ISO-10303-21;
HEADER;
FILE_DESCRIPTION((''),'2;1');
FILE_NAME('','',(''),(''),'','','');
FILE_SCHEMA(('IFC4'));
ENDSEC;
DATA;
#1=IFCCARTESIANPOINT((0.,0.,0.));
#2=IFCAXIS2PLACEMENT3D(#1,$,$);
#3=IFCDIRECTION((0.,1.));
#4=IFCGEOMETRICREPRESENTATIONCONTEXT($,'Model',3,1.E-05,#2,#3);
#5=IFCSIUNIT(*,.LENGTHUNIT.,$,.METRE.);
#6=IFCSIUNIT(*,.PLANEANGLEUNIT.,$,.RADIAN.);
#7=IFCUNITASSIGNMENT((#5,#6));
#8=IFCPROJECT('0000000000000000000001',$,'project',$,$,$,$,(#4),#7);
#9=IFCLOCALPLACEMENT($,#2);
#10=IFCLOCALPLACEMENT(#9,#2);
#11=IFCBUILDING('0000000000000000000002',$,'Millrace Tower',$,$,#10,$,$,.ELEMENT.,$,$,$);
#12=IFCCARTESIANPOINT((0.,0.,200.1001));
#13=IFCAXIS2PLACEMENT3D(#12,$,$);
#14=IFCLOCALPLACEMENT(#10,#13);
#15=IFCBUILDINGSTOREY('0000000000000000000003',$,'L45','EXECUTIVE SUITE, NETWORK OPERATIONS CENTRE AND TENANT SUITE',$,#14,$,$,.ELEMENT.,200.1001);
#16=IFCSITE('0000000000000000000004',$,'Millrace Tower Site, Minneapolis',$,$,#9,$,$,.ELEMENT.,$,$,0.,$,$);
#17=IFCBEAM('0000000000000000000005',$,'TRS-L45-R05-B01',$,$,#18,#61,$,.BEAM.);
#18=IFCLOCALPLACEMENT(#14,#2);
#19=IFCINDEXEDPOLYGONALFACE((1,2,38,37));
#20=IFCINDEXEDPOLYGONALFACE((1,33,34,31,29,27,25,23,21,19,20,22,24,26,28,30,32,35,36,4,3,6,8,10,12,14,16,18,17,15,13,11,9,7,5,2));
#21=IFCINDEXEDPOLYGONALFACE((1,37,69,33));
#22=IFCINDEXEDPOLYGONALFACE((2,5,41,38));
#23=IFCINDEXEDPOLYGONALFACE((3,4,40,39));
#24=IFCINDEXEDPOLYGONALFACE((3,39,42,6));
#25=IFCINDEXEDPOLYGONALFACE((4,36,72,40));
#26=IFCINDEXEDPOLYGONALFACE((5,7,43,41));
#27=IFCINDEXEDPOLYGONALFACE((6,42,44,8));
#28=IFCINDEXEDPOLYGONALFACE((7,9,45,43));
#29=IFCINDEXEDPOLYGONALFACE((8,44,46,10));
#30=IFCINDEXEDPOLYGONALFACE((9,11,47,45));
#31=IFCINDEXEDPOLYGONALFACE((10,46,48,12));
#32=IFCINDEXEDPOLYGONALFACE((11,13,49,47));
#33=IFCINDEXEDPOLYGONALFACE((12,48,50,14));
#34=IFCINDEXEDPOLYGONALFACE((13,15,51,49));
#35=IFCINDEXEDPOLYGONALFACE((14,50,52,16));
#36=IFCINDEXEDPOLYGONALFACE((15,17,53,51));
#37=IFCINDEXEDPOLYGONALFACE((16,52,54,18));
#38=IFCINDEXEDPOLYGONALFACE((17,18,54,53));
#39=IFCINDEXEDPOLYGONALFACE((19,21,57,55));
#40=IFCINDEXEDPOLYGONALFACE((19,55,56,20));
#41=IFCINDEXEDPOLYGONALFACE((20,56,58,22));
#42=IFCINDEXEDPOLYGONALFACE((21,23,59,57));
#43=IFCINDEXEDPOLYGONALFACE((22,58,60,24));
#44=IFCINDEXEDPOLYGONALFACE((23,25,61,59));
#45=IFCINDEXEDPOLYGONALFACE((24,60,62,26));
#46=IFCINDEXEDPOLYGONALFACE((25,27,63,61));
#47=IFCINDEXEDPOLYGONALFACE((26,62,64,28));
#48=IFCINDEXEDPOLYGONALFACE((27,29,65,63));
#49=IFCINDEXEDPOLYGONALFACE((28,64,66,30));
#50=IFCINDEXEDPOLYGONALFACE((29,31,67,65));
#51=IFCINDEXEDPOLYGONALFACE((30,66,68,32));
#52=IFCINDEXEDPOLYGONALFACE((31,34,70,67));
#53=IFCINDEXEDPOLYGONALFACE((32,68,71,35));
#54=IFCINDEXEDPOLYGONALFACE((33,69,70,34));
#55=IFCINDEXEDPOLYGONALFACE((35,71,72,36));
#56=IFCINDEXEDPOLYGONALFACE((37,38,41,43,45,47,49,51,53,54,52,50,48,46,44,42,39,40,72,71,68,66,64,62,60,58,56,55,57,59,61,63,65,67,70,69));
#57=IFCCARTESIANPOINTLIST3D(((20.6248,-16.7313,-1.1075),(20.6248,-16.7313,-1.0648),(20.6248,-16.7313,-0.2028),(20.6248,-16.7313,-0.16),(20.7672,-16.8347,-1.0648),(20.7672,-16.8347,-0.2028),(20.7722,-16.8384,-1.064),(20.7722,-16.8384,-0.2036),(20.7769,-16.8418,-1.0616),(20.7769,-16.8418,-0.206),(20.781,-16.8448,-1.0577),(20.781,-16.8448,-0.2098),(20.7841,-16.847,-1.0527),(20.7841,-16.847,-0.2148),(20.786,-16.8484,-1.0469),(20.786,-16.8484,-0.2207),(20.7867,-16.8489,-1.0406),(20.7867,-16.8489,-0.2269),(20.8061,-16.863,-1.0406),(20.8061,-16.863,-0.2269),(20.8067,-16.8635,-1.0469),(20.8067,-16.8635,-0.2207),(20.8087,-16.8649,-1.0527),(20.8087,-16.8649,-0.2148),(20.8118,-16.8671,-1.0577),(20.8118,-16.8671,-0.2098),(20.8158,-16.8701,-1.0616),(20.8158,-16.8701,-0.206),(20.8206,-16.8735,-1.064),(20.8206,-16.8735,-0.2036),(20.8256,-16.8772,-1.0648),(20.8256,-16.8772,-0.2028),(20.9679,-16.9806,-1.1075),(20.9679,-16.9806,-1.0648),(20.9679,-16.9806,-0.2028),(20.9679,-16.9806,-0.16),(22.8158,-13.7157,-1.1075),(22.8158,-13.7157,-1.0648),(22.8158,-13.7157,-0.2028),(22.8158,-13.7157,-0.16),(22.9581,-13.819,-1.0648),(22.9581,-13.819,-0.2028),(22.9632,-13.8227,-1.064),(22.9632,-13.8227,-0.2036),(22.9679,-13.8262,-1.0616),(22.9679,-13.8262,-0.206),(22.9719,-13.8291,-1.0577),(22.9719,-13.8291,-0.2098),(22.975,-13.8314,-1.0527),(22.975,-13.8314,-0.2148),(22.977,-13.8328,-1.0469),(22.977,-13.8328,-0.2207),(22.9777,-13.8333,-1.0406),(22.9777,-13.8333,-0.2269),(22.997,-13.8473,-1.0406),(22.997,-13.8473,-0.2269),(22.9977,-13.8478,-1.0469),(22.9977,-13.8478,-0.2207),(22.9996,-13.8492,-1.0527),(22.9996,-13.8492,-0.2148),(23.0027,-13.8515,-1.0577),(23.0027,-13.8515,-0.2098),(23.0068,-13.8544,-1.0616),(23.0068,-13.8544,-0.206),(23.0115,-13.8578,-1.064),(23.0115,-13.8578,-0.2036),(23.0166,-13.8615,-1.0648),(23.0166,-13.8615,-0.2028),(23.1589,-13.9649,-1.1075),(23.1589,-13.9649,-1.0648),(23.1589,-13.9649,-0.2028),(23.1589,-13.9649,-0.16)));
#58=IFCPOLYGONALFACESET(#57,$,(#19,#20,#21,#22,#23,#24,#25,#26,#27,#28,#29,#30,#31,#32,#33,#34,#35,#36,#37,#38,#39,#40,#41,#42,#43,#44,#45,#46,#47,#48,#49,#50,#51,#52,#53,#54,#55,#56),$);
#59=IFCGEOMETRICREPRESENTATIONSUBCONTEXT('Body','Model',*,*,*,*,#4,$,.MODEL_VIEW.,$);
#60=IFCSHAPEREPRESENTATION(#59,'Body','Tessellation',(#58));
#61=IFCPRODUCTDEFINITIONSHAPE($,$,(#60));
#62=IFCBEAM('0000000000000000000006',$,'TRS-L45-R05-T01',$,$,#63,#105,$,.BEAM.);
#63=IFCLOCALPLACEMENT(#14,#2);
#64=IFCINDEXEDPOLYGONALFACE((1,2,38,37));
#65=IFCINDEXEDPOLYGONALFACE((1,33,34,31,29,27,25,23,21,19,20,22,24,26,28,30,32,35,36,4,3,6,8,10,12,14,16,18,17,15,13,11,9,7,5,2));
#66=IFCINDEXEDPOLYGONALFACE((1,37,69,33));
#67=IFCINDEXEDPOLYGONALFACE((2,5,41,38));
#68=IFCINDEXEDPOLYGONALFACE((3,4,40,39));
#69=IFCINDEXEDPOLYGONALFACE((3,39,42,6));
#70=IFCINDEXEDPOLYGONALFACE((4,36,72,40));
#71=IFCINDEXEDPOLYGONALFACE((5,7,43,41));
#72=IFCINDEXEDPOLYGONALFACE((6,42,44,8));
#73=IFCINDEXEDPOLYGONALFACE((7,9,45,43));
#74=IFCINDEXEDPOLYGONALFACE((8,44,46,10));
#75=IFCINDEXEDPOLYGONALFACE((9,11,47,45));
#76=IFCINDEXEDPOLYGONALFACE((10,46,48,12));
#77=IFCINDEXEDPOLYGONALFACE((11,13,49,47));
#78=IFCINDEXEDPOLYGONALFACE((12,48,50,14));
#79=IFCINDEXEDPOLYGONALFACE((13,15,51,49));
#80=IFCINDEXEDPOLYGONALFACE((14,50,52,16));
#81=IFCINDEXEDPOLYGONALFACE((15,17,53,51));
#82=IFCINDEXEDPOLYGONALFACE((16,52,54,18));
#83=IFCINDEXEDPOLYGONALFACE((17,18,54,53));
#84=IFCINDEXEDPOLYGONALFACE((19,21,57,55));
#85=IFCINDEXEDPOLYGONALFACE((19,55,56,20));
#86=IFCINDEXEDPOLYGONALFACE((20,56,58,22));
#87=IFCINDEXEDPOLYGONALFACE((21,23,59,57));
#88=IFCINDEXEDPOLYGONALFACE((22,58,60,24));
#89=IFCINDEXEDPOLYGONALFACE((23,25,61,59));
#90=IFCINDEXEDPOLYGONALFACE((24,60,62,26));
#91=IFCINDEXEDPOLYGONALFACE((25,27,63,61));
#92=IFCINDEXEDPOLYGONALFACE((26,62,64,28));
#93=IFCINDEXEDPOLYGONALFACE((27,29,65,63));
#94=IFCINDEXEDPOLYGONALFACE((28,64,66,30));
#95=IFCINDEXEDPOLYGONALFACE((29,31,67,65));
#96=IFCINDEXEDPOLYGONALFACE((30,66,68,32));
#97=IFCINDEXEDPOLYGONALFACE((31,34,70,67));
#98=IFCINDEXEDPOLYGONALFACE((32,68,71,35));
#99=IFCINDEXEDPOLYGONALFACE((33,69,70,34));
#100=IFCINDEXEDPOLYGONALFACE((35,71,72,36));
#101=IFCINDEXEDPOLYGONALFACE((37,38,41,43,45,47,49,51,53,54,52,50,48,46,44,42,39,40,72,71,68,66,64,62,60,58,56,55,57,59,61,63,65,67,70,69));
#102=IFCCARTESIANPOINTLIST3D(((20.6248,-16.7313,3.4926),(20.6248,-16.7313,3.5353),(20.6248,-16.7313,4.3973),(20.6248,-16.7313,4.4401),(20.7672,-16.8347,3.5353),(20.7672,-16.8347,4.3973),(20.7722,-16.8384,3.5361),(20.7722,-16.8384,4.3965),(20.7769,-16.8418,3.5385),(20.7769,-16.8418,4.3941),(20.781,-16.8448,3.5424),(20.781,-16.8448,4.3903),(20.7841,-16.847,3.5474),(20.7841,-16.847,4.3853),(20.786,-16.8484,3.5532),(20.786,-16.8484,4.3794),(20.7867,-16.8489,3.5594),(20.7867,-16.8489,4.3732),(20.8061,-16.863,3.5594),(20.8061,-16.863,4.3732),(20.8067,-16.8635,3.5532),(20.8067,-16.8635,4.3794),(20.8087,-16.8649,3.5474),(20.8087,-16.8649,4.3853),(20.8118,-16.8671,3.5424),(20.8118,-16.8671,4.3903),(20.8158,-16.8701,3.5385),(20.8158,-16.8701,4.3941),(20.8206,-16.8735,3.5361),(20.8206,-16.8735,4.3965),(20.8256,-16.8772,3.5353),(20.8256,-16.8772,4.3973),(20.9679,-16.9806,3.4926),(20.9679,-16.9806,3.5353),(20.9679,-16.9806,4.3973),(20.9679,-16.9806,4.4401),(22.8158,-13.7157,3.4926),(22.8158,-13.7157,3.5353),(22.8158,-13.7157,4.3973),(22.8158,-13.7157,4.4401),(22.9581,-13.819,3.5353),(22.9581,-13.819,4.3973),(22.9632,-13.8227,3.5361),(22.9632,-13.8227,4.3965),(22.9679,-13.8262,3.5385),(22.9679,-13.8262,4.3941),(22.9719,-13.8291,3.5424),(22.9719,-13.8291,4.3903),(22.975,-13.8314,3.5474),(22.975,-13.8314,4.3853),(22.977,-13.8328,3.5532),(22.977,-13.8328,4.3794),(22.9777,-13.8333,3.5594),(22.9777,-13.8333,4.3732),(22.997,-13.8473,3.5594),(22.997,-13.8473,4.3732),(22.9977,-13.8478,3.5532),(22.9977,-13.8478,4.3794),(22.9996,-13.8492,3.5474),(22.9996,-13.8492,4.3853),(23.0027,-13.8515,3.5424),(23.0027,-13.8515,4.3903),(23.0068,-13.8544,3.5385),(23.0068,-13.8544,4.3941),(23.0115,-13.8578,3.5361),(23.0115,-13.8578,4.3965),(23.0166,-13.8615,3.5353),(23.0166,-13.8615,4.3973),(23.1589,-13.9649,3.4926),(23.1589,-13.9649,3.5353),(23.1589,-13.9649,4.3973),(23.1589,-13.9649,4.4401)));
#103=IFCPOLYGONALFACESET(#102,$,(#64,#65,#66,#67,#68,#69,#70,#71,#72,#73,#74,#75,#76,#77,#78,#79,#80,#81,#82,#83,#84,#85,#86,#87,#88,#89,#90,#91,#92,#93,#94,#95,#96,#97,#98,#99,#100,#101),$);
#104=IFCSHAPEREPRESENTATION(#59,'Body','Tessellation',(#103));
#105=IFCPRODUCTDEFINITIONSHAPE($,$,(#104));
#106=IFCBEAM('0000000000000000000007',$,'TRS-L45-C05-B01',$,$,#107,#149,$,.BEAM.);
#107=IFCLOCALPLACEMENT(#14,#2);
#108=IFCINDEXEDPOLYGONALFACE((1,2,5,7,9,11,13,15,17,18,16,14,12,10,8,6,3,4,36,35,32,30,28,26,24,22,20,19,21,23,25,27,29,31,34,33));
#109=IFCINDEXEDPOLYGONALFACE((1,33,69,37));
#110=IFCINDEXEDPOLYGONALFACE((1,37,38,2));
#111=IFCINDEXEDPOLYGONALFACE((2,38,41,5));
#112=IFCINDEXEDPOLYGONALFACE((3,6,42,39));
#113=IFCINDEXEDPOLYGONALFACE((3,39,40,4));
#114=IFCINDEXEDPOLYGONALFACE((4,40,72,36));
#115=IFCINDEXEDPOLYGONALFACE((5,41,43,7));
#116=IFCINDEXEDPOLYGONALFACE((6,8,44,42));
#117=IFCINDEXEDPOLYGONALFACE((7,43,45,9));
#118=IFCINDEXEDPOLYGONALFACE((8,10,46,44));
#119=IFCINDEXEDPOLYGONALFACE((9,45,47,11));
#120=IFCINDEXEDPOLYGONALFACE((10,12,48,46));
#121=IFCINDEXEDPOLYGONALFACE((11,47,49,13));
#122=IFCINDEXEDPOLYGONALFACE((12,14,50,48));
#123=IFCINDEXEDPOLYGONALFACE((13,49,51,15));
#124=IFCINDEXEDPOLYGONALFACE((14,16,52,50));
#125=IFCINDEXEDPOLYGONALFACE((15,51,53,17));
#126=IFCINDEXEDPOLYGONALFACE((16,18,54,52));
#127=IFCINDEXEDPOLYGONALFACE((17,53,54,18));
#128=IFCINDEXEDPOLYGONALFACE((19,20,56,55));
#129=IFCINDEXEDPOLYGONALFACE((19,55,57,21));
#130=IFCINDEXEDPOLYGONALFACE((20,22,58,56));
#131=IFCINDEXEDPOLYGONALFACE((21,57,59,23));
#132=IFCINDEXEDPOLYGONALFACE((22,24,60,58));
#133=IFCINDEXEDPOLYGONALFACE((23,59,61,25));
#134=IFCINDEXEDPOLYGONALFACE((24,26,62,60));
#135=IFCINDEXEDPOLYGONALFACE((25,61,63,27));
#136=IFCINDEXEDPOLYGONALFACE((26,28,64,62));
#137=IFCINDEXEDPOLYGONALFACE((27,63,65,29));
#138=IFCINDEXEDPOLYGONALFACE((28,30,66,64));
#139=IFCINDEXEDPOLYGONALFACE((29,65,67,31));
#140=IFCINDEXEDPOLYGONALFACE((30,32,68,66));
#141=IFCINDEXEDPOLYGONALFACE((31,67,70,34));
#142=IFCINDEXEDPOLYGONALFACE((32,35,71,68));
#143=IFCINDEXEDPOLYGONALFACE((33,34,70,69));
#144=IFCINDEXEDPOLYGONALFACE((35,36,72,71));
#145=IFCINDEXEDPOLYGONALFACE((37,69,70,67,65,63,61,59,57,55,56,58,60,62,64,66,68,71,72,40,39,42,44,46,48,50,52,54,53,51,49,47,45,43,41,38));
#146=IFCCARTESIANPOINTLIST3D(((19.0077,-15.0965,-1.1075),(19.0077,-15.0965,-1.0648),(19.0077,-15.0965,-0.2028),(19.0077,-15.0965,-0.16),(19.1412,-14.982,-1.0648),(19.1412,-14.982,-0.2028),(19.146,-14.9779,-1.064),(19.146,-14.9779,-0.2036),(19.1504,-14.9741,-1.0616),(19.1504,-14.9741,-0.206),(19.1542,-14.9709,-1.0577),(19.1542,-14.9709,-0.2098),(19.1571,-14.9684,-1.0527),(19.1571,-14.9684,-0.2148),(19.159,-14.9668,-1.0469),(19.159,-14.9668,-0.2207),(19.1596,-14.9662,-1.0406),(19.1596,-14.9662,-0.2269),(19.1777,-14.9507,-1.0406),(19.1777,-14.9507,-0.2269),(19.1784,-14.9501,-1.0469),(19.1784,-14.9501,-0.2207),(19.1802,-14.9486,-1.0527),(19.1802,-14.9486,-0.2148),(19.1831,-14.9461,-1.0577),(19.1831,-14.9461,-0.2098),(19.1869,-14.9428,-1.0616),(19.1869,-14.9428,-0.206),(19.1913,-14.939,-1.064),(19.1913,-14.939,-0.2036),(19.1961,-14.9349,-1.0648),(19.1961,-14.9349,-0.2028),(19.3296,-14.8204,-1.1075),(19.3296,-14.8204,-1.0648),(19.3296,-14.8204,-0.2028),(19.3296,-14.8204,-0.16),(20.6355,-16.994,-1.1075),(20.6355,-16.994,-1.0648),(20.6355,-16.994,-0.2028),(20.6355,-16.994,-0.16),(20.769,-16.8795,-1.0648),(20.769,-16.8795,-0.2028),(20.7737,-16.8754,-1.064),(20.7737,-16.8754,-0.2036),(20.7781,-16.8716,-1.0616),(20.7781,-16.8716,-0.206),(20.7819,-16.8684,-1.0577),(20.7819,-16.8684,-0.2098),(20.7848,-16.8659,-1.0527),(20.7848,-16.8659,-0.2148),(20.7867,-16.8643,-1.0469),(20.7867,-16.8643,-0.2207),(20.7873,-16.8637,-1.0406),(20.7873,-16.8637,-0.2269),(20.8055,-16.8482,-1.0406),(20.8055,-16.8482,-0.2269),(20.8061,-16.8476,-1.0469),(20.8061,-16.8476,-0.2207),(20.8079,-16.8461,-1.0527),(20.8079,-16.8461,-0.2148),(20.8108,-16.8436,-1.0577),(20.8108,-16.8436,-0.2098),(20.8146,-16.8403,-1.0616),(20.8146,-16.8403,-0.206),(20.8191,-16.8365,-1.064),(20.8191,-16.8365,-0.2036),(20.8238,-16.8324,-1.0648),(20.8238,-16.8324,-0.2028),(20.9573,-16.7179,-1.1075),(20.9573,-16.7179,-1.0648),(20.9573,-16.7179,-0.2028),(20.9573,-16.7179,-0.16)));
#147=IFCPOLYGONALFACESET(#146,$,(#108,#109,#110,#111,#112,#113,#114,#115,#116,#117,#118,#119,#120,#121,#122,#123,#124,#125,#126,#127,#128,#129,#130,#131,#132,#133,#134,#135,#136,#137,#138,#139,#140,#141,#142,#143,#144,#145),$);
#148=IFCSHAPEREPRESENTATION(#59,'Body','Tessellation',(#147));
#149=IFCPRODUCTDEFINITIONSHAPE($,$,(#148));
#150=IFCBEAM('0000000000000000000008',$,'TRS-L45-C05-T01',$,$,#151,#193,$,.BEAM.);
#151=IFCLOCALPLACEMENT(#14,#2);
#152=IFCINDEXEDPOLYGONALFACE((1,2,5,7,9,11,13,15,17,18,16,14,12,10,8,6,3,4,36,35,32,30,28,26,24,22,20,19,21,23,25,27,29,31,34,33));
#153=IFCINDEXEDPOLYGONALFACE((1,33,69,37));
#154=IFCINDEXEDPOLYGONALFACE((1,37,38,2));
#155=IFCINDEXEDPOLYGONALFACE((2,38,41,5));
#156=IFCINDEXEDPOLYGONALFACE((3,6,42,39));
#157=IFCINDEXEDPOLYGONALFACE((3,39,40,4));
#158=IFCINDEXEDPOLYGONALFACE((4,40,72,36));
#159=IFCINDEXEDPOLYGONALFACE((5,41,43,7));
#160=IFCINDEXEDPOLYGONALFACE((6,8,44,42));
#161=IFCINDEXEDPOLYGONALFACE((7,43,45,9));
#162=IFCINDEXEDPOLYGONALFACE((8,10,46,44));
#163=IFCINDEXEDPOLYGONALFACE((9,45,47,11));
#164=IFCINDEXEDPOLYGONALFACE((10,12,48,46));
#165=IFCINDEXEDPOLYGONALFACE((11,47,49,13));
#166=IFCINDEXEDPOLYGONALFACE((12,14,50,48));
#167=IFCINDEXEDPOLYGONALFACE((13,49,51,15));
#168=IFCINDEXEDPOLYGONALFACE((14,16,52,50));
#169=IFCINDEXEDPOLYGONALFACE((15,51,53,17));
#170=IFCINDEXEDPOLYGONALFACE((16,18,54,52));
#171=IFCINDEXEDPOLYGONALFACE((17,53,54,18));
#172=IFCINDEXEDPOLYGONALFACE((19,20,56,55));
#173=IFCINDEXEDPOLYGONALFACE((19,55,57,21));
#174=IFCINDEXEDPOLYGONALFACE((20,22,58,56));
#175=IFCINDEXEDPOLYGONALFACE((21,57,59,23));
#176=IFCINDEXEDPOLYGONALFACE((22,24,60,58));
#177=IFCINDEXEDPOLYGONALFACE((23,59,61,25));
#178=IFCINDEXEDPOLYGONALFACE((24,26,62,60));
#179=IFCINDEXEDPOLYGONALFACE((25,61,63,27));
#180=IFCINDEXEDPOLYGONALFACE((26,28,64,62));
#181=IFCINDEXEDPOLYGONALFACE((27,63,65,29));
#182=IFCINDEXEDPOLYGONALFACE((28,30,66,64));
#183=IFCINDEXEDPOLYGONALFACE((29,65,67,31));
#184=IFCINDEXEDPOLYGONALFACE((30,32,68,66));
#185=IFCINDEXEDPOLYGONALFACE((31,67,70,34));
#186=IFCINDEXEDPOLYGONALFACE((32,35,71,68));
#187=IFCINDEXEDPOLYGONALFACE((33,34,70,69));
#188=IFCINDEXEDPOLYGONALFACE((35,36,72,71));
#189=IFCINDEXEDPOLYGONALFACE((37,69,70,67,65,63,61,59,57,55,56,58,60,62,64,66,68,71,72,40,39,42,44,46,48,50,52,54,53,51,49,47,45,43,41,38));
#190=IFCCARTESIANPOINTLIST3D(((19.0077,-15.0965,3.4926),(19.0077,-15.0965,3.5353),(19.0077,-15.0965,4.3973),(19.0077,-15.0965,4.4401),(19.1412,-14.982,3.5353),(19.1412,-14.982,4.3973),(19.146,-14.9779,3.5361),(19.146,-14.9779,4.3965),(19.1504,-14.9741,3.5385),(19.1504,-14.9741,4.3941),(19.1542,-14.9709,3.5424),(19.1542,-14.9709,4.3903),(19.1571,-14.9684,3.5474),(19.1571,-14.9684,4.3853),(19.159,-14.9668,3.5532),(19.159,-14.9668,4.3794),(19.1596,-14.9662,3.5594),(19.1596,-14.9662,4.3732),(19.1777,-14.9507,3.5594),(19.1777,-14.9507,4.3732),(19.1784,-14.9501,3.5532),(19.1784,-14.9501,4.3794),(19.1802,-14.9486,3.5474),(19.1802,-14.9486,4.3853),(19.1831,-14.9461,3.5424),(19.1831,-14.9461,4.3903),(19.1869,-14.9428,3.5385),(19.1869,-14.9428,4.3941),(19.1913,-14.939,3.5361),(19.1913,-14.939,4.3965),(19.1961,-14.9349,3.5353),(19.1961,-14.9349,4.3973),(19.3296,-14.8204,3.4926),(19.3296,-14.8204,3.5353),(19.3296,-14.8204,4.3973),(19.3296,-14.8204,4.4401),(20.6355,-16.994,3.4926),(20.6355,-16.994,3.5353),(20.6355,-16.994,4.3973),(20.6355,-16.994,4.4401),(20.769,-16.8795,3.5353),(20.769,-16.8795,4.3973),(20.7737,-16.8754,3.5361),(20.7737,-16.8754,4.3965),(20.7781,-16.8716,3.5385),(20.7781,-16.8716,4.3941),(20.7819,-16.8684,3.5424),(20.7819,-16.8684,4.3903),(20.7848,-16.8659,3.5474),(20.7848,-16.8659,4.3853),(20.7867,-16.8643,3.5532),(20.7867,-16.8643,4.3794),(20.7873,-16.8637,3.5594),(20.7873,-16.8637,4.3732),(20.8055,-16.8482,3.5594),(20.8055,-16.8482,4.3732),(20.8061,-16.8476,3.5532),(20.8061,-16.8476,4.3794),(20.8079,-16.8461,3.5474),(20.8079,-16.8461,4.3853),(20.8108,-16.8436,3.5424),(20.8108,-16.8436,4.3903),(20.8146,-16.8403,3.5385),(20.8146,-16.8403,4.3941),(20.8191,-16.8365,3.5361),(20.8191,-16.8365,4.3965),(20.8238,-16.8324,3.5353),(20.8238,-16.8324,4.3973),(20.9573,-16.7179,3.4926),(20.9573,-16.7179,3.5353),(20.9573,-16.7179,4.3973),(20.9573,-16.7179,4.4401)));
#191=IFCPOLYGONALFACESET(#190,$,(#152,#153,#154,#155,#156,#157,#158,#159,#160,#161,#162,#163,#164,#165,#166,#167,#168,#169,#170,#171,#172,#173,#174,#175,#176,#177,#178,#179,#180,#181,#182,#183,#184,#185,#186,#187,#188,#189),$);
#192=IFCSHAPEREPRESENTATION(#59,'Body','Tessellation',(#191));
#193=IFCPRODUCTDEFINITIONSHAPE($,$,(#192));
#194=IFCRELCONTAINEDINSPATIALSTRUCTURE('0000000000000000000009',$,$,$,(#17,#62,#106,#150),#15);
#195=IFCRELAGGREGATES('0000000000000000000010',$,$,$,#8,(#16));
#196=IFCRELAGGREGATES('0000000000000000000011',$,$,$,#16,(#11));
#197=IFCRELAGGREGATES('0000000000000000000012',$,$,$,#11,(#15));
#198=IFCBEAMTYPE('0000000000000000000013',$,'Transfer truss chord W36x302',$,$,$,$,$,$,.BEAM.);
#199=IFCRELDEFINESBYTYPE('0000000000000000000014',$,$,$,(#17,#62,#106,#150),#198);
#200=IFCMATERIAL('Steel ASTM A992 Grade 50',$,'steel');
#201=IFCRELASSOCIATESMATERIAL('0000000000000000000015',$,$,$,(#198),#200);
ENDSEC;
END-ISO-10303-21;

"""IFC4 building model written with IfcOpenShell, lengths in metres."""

from ifc_helpers import new_model, si_unit, direction, frame, origin, origin_2d, place, context, subcontext, project, spatial, i_section, extrude, material, material_profile, profile_set, type_object, element, save


model = new_model("IFC4")

# Units and contexts
model_context = context("Model", 3, precision=1e-05, world=origin(), true_north=direction((0.0, 1.0)))
body_context = subcontext(model_context, "Body", "Model", "MODEL_VIEW")
ifc_project = project(units=[si_unit("LENGTHUNIT", "METRE"), si_unit("PLANEANGLEUNIT", "RADIAN")], contexts=[model_context])

# Site, building, storey
site_placement = place(None, origin())
site = spatial("IfcSite", under=ifc_project, at=site_placement, Name="Millrace Tower Site, Minneapolis", CompositionType="ELEMENT", RefElevation=0.0)
building_placement = place(site_placement, origin())
building = spatial("IfcBuilding", under=site, at=building_placement, Name="Millrace Tower", CompositionType="ELEMENT")
storey_placement = place(building_placement, frame((0.0, 0.0, 200.1001)))
storey = spatial("IfcBuildingStorey", under=building, at=storey_placement, Name="L45", Description="EXECUTIVE SUITE, NETWORK OPERATIONS CENTRE AND TENANT SUITE", CompositionType="ELEMENT", Elevation=200.1001)

# Beams
ifc_material_1 = material(Name="Steel ASTM A992 Grade 50", Category="steel")
ifc_material_profile_1 = material_profile(ifc_material_1, i_section(OverallWidth=0.4241, OverallDepth=0.9475, WebThickness=0.0239, FlangeThickness=0.0427, FilletRadius=0.0242, at=origin_2d()))
ifc_profile_set_1 = profile_set([ifc_material_profile_1], Name="Steel ASTM A992 Grade 50")
beam_type_1 = type_object("IfcBeamType", Name="Transfer truss chord W36x302", PredefinedType="BEAM", material=ifc_profile_set_1)
for number, where, z_axis, x_axis, name in (
    (1, (20.7964, -16.856, -0.6338), (0.587774, 0.809025, 0.0), (-0.809025, 0.587774, 0.0), "TRS-L45-R05-B01"),
    (2, (20.7964, -16.856, 3.9663), (0.587774, 0.809025, 0.0), (-0.809025, 0.587774, 0.0), "TRS-L45-R05-T01"),
):
    element("IfcBeam", number, at=place(storey_placement, frame(where, z_axis=z_axis, x_axis=x_axis)), inside=storey, type_object=beam_type_1, Name=name, PredefinedType="BEAM", context=body_context, shape_type="SweptSolid", body=[
        extrude(i_section(OverallWidth=0.4241, OverallDepth=0.9475, WebThickness=0.0239, FlangeThickness=0.0427, FilletRadius=0.0242, at=origin_2d()), origin(), (0.0, 0.0, 1.0), 3.7275),
    ])
for number, where, z_axis, x_axis, name in (
    (3, (20.7964, -16.856, -0.6338), (-0.651089, 0.759001, 0.0), (-0.759001, -0.651089, 0.0), "TRS-L45-C05-B01"),
    (4, (20.7964, -16.856, 3.9663), (-0.651089, 0.759001, 0.0), (-0.759001, -0.651089, 0.0), "TRS-L45-C05-T01"),
):
    element("IfcBeam", number, at=place(storey_placement, frame(where, z_axis=z_axis, x_axis=x_axis)), inside=storey, type_object=beam_type_1, Name=name, PredefinedType="BEAM", context=body_context, shape_type="SweptSolid", body=[
        extrude(i_section(OverallWidth=0.4241, OverallDepth=0.9475, WebThickness=0.0239, FlangeThickness=0.0427, FilletRadius=0.0242, at=origin_2d()), origin(), (0.0, 0.0, 1.0), 2.5),
    ])

save(model, "model.ifc")
